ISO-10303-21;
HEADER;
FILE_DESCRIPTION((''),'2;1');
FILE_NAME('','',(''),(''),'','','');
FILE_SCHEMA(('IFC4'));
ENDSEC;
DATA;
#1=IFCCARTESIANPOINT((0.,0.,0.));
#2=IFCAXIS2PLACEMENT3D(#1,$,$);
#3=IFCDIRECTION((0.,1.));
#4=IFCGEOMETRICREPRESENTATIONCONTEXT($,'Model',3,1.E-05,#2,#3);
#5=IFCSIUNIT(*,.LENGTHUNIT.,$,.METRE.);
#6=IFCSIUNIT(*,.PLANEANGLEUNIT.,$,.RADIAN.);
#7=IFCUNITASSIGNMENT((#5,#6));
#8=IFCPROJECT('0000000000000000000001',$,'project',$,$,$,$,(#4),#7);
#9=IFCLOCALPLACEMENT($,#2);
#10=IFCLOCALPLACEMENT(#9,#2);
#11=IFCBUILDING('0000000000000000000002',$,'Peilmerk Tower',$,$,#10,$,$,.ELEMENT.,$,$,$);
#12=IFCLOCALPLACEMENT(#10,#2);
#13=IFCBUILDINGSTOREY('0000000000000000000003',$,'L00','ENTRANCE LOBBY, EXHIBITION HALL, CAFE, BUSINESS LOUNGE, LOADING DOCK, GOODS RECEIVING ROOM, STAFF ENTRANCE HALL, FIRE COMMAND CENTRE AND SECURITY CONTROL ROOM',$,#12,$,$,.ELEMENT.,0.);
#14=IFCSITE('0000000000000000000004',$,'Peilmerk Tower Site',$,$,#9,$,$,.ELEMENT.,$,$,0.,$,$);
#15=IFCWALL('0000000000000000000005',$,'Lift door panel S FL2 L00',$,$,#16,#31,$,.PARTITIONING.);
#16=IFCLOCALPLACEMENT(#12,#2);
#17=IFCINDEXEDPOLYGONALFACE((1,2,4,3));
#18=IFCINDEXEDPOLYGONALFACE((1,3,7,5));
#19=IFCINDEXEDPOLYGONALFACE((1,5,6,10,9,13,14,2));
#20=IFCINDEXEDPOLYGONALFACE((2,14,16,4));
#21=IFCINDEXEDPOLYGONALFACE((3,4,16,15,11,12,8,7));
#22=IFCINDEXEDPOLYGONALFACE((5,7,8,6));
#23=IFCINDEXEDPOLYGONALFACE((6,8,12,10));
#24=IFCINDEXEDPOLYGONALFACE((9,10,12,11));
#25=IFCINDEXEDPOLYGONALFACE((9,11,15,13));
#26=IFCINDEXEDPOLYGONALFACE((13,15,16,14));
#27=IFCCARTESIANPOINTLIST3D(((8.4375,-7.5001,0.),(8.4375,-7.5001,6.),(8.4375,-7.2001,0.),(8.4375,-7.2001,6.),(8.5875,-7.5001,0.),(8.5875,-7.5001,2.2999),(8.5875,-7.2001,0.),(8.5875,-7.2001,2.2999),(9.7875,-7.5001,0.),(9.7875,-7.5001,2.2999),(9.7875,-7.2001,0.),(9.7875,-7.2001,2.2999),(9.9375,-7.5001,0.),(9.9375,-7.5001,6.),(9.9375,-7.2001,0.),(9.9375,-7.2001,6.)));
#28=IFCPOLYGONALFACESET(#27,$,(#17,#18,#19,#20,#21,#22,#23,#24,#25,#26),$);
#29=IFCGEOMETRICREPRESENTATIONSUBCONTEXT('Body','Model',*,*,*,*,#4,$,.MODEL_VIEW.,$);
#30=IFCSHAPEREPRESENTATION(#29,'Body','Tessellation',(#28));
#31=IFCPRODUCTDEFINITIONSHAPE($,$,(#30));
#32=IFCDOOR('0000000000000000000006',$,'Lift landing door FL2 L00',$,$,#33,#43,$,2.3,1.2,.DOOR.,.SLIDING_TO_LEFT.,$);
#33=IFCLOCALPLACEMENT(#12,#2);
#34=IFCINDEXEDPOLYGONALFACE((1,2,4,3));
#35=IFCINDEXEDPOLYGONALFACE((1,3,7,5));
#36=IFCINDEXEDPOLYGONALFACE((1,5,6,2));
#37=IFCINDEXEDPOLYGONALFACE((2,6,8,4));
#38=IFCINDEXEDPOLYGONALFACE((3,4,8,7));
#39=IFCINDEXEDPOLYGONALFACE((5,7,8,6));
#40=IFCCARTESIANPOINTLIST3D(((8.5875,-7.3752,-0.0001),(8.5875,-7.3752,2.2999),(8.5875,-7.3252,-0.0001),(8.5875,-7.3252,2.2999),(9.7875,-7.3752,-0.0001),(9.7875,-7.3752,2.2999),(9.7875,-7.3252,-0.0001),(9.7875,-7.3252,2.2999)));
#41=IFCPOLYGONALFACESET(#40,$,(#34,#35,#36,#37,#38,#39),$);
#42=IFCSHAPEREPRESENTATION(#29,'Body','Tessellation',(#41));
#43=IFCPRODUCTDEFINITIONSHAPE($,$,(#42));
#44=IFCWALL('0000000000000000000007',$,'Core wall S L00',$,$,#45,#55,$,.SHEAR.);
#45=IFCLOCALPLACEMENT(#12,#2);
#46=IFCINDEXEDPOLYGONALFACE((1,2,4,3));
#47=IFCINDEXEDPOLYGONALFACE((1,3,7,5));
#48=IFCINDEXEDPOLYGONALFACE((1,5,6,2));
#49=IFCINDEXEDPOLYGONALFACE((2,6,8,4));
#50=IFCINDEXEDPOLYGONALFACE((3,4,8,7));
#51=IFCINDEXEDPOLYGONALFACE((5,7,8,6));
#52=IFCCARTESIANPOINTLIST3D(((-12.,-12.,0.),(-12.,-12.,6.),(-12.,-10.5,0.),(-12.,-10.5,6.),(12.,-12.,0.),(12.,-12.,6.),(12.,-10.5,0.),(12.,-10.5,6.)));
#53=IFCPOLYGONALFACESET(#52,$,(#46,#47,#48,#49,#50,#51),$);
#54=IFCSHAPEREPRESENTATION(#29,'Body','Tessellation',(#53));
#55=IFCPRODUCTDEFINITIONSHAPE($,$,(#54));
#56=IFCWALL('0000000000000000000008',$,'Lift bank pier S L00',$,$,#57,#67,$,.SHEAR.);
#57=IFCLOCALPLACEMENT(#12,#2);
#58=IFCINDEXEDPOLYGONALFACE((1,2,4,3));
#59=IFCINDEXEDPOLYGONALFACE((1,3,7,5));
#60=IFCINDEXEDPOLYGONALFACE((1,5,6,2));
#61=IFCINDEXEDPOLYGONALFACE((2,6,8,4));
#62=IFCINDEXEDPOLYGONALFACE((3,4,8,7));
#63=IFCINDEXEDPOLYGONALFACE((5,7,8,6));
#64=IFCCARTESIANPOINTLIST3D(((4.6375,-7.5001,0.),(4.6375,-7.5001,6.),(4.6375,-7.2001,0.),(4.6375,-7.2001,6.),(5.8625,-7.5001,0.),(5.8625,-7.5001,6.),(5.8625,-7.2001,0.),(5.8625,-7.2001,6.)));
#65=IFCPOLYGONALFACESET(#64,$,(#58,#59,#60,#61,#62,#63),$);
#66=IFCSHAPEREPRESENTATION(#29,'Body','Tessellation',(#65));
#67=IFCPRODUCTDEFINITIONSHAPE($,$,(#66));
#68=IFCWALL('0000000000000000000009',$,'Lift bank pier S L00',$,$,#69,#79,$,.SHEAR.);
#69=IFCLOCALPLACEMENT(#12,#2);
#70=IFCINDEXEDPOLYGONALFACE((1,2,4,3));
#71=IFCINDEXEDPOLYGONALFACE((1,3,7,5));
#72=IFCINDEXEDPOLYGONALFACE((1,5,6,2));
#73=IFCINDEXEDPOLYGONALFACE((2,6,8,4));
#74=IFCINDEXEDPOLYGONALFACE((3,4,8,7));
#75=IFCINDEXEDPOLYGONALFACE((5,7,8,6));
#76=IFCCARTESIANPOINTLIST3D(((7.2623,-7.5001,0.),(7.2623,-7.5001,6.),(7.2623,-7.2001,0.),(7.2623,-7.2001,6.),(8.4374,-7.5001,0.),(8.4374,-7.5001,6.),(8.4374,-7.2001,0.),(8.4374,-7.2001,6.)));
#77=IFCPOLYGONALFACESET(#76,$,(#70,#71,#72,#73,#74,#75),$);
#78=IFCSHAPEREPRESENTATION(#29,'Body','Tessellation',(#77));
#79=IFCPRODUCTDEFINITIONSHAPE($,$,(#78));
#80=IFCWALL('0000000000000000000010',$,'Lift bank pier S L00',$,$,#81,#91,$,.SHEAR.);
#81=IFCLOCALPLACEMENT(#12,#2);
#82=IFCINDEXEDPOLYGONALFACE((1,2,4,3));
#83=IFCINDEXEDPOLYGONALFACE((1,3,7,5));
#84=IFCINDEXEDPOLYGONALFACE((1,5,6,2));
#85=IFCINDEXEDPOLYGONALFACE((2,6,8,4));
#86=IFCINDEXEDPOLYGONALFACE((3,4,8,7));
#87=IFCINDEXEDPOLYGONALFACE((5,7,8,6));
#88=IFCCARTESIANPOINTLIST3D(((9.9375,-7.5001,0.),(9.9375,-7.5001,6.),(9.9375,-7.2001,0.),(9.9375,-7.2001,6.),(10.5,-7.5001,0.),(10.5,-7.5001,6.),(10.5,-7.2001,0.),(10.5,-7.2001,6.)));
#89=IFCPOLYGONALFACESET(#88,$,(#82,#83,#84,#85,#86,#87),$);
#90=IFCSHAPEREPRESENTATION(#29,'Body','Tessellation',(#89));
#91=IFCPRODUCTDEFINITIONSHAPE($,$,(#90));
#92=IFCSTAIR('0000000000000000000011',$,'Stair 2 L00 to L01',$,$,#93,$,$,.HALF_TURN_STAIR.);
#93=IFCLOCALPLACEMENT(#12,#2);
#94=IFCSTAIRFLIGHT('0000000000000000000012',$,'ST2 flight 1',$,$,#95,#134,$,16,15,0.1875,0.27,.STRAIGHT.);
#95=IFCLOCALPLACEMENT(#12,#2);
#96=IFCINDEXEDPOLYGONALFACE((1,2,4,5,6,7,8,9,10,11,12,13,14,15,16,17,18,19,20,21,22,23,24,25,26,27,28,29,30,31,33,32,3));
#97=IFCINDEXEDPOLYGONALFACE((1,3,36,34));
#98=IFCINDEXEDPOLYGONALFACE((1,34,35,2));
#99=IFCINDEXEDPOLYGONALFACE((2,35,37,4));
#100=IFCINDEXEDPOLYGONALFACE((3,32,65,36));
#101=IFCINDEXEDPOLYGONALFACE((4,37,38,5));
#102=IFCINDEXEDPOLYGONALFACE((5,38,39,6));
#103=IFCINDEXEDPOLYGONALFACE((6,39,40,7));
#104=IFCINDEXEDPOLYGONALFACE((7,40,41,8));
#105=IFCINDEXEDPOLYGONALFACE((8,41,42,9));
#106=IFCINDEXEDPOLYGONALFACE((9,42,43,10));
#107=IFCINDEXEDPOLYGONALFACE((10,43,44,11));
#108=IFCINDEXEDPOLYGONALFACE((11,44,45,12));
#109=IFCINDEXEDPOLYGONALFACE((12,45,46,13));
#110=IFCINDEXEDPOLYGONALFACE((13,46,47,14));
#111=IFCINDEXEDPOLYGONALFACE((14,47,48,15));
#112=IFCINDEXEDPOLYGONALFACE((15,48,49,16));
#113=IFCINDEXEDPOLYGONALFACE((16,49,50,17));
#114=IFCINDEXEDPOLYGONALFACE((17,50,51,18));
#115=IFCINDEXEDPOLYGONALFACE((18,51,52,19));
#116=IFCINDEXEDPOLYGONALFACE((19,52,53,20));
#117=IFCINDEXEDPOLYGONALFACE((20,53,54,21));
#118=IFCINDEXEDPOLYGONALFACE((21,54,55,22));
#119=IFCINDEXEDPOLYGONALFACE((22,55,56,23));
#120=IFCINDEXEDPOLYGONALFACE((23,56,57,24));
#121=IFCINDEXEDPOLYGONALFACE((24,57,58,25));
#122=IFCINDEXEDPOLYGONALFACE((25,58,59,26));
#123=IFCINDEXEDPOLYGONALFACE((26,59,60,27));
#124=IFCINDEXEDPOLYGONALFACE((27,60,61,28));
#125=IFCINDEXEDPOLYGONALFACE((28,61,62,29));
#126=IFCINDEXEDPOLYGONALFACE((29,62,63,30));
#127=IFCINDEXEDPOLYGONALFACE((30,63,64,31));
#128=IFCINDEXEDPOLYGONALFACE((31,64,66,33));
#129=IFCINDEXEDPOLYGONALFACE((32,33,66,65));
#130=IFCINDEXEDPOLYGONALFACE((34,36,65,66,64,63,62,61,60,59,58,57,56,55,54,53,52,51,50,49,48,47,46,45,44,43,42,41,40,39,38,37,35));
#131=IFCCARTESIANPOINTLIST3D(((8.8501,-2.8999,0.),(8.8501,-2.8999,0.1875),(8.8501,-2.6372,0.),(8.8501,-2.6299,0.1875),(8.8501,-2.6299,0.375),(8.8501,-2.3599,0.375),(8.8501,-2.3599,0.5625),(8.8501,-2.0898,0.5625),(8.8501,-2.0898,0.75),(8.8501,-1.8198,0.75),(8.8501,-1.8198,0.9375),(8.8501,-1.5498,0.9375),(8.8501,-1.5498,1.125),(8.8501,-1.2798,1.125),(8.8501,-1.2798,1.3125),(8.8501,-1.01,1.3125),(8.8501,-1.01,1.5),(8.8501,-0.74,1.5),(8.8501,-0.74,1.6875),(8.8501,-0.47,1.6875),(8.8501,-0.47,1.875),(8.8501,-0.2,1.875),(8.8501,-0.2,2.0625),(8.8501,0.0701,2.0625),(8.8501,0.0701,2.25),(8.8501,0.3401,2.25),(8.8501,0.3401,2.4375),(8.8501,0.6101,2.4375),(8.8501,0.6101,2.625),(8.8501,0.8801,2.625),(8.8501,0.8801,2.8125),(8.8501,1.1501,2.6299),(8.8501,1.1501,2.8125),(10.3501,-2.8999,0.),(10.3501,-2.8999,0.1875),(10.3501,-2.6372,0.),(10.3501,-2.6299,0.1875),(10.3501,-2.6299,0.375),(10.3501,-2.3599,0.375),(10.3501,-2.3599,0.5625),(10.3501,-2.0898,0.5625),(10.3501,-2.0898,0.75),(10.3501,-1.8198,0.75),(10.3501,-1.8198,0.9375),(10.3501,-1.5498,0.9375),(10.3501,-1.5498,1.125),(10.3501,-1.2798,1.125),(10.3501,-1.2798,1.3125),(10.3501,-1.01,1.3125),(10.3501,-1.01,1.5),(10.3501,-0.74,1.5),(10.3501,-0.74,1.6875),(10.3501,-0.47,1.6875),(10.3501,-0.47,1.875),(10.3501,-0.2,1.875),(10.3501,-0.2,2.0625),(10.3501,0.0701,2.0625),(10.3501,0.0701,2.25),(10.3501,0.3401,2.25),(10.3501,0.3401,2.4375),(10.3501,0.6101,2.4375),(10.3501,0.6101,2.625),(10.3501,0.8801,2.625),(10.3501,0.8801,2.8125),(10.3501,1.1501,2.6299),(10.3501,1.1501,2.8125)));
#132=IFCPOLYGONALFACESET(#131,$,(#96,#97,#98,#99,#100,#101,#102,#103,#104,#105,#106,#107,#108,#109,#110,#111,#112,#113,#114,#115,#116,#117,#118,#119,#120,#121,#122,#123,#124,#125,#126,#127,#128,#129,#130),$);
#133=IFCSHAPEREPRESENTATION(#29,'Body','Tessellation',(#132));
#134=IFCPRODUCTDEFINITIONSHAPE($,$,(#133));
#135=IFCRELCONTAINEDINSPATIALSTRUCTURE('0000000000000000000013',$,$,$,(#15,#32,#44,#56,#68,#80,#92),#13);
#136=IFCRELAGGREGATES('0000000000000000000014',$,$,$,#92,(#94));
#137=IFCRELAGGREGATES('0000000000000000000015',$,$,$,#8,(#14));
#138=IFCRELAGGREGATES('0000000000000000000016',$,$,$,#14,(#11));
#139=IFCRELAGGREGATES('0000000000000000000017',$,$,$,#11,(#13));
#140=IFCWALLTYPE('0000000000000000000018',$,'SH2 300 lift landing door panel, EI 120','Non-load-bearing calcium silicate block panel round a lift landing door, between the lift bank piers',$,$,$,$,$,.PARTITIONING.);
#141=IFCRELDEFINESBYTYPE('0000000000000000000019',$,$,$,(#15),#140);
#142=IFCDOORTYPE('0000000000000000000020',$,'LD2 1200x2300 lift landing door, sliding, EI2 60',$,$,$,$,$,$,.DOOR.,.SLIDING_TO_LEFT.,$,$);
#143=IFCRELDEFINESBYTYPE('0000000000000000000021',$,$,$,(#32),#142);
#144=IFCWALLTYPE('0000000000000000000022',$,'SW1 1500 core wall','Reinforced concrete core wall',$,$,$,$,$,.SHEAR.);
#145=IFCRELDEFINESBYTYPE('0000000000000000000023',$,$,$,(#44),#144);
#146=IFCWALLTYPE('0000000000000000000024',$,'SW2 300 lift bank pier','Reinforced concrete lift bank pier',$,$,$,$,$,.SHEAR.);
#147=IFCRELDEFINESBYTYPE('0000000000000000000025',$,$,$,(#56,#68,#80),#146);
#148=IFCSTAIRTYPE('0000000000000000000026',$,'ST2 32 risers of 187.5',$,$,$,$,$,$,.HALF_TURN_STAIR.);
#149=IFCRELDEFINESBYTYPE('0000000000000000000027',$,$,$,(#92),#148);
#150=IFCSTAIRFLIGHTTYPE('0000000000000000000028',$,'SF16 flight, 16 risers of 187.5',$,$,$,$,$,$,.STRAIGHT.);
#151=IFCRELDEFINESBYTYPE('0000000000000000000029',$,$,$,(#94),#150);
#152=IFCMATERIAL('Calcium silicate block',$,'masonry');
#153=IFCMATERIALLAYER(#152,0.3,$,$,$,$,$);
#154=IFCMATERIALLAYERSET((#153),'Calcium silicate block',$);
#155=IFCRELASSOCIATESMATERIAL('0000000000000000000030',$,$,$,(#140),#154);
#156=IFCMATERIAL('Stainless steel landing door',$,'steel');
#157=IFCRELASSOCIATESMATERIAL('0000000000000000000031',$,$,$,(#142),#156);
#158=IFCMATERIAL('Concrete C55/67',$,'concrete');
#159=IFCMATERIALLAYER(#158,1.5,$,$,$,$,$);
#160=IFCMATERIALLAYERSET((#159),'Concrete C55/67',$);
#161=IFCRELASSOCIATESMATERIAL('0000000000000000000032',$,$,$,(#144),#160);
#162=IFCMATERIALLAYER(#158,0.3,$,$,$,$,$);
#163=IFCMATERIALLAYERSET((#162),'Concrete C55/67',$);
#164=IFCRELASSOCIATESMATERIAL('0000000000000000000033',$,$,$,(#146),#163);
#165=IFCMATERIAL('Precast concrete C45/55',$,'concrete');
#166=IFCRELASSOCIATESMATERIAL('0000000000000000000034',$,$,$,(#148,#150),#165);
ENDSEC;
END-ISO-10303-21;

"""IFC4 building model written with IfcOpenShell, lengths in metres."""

from ifc_helpers import new_model, si_unit, direction, frame, frame_2d, origin, place, context, subcontext, project, spatial, polyline, rectangle, outline, extrude, material, layer, layer_set, type_object, element, fill, aggregate, save


model = new_model("IFC4")

# Units and contexts
model_context = context("Model", 3, precision=1e-05, world=origin(), true_north=direction((0.0, 1.0)))
body_context = subcontext(model_context, "Body", "Model", "MODEL_VIEW")
ifc_project = project(units=[si_unit("LENGTHUNIT", "METRE"), si_unit("PLANEANGLEUNIT", "RADIAN")], contexts=[model_context])

# Site, building, storey
site_placement = place(None, origin())
site = spatial("IfcSite", under=ifc_project, at=site_placement, Name="Peilmerk Tower Site", CompositionType="ELEMENT", RefElevation=0.0)
building_placement = place(site_placement, origin())
building = spatial("IfcBuilding", under=site, at=building_placement, Name="Peilmerk Tower", CompositionType="ELEMENT")
storey_placement = place(building_placement, origin())
storey = spatial("IfcBuildingStorey", under=building, at=storey_placement, Name="L00", Description="ENTRANCE LOBBY, EXHIBITION HALL, CAFE, BUSINESS LOUNGE, LOADING DOCK, GOODS RECEIVING ROOM, STAFF ENTRANCE HALL, FIRE COMMAND CENTRE AND SECURITY CONTROL ROOM", CompositionType="ELEMENT", Elevation=0.0)

# Shared definitions
ifc_material_1 = material(Name="Calcium silicate block", Category="masonry")

# Wall, opening, door
ifc_layer_1 = layer(ifc_material_1, 0.3)
ifc_layer_set_1 = layer_set([ifc_layer_1], Name="Calcium silicate block")
wall_type_1 = type_object("IfcWallType", Name="SH2 300 lift landing door panel, EI 120", Description="Non-load-bearing calcium silicate block panel round a lift landing door, between the lift bank piers", PredefinedType="PARTITIONING", material=ifc_layer_set_1)
wall_1_placement = place(storey_placement, frame((8.4375, -7.3501, 0.0), z_axis=(0.0, 0.0, 1.0), x_axis=(1.0, 0.0, 0.0)))
wall_1 = element("IfcWall", 1, at=wall_1_placement, inside=storey, type_object=wall_type_1, Name="Lift door panel S FL2 L00", PredefinedType="PARTITIONING", context=body_context, shape_type="SweptSolid", body=[
    extrude(rectangle(XDim=1.5, YDim=0.3, at=frame_2d((0.75, 0.0))), origin(), (0.0, 0.0, 1.0), 6.0),
])
opening_1_placement = place(wall_1_placement, frame((0.1499, 0.0, 0.0)))
opening_1 = element("IfcOpeningElement", 2, at=opening_1_placement, cuts=wall_1, PredefinedType="OPENING", context=body_context, shape_type="SweptSolid", body=[
    extrude(rectangle(XDim=1.2, YDim=2.3, at=frame_2d((0.6001, 1.1499))), frame((0.0, 0.1599, 0.0), z_axis=(0.0, -1.0, 0.0), x_axis=(1.0, 0.0, 0.0)), (0.0, 0.0, 1.0), 0.3201),
])
ifc_material_2 = material(Name="Stainless steel landing door", Category="steel")
door_type_1 = type_object("IfcDoorType", Name="LD2 1200x2300 lift landing door, sliding, EI2 60", OperationType="SLIDING_TO_LEFT", PredefinedType="DOOR", material=ifc_material_2)
door_1_placement = place(opening_1_placement, origin())
door_1 = element("IfcDoor", 3, at=door_1_placement, inside=storey, type_object=door_type_1, Name="Lift landing door FL2 L00", OperationType="SLIDING_TO_LEFT", OverallHeight=2.3, OverallWidth=1.2, PredefinedType="DOOR", context=body_context, shape_type="SweptSolid", body=[
    extrude(rectangle(XDim=1.2, YDim=2.3, at=frame_2d((0.6001, 1.1499))), frame((0.0, 0.0249, 0.0), z_axis=(0.0, -1.0, 0.0), x_axis=(1.0, 0.0, 0.0)), (0.0, 0.0, 1.0), 0.05),
])
fill(opening_1, door_1)

# Walls
ifc_material_3 = material(Name="Concrete C55/67", Category="concrete")
ifc_layer_2 = layer(ifc_material_3, 1.5)
ifc_layer_set_2 = layer_set([ifc_layer_2], Name="Concrete C55/67")
wall_type_2 = type_object("IfcWallType", Name="SW1 1500 core wall", Description="Reinforced concrete core wall", PredefinedType="SHEAR", material=ifc_layer_set_2)
wall_2_placement = place(storey_placement, frame((12.0, -11.25, 0.0), z_axis=(0.0, 0.0, 1.0), x_axis=(-1.0, 0.0, 0.0)))
element("IfcWall", 4, at=wall_2_placement, inside=storey, type_object=wall_type_2, Name="Core wall S L00", PredefinedType="SHEAR", context=body_context, shape_type="SweptSolid", body=[
    extrude(rectangle(XDim=24.0, YDim=1.5, at=frame_2d((12.0, 0.0))), origin(), (0.0, 0.0, 1.0), 6.0),
])
ifc_layer_3 = layer(ifc_material_3, 0.3)
ifc_layer_set_3 = layer_set([ifc_layer_3], Name="Concrete C55/67")
wall_type_3 = type_object("IfcWallType", Name="SW2 300 lift bank pier", Description="Reinforced concrete lift bank pier", PredefinedType="SHEAR", material=ifc_layer_set_3)
wall_3_placement = place(storey_placement, frame((4.6375, -7.3501, 0.0), z_axis=(0.0, 0.0, 1.0), x_axis=(1.0, 0.0, 0.0)))
element("IfcWall", 5, at=wall_3_placement, inside=storey, type_object=wall_type_3, Name="Lift bank pier S L00", PredefinedType="SHEAR", context=body_context, shape_type="SweptSolid", body=[
    extrude(rectangle(XDim=1.2251, YDim=0.3, at=frame_2d((0.6125, 0.0))), origin(), (0.0, 0.0, 1.0), 6.0),
])
wall_4_placement = place(storey_placement, frame((7.2625, -7.3501, 0.0), z_axis=(0.0, 0.0, 1.0), x_axis=(1.0, 0.0, 0.0)))
element("IfcWall", 6, at=wall_4_placement, inside=storey, type_object=wall_type_3, Name="Lift bank pier S L00", PredefinedType="SHEAR", context=body_context, shape_type="SweptSolid", body=[
    extrude(rectangle(XDim=1.175, YDim=0.3, at=frame_2d((0.5874, 0.0))), origin(), (0.0, 0.0, 1.0), 6.0),
])
wall_5_placement = place(storey_placement, frame((9.9375, -7.3501, 0.0), z_axis=(0.0, 0.0, 1.0), x_axis=(1.0, 0.0, 0.0)))
element("IfcWall", 7, at=wall_5_placement, inside=storey, type_object=wall_type_3, Name="Lift bank pier S L00", PredefinedType="SHEAR", context=body_context, shape_type="SweptSolid", body=[
    extrude(rectangle(XDim=0.5625, YDim=0.3, at=frame_2d((0.2812, 0.0))), origin(), (0.0, 0.0, 1.0), 6.0),
])

# Stair, stair flight
ifc_material_4 = material(Name="Precast concrete C45/55", Category="concrete")
stair_type = type_object("IfcStairType", Name="ST2 32 risers of 187.5", PredefinedType="HALF_TURN_STAIR", material=ifc_material_4)
stair_placement = place(storey_placement, origin())
stair = element("IfcStair", 8, at=stair_placement, inside=storey, type_object=stair_type, Name="Stair 2 L00 to L01", PredefinedType="HALF_TURN_STAIR")
stair_flight_type = type_object("IfcStairFlightType", Name="SF16 flight, 16 risers of 187.5", PredefinedType="STRAIGHT", material=ifc_material_4)
stair_flight_placement = place(storey_placement, frame((9.6001, -2.8999, 0.0), z_axis=(0.0, 0.0, 1.0), x_axis=(0.0, 1.0, 0.0)))
stair_flight = element("IfcStairFlight", 9, at=stair_flight_placement, type_object=stair_flight_type, Name="ST2 flight 1", NumberOfRisers=16, NumberOfTreads=15, PredefinedType="STRAIGHT", RiserHeight=0.1875, TreadLength=0.27, context=body_context, shape_type="SweptSolid", body=[
    extrude(outline(polyline([(0.0, 0.0), (0.0, 0.1875), (0.27, 0.1875), (0.27, 0.375), (0.54, 0.375), (0.54, 0.5625), (0.8101, 0.5625), (0.8101, 0.75), (1.0801, 0.75), (1.0801, 0.9375), (1.3501, 0.9375), (1.3501, 1.125), (1.6201, 1.125), (1.6201, 1.3125), (1.8899, 1.3125), (1.8899, 1.5), (2.1599, 1.5), (2.1599, 1.6875), (2.4299, 1.6875), (2.4299, 1.875), (2.7, 1.875), (2.7, 2.0625), (2.97, 2.0625), (2.97, 2.25), (3.24, 2.25), (3.24, 2.4375), (3.51, 2.4375), (3.51, 2.625), (3.78, 2.625), (3.78, 2.8125), (4.05, 2.8125), (4.05, 3.0), (4.05, 2.6299), (0.2627, 0.0), (0.0, 0.0)])), frame((0.0, 0.75, 0.0), z_axis=(0.0, -1.0, 0.0), x_axis=(1.0, 0.0, 0.0)), (0.0, 0.0, 1.0), 1.5),
])
aggregate(stair, [stair_flight])

save(model, "model.ifc")
